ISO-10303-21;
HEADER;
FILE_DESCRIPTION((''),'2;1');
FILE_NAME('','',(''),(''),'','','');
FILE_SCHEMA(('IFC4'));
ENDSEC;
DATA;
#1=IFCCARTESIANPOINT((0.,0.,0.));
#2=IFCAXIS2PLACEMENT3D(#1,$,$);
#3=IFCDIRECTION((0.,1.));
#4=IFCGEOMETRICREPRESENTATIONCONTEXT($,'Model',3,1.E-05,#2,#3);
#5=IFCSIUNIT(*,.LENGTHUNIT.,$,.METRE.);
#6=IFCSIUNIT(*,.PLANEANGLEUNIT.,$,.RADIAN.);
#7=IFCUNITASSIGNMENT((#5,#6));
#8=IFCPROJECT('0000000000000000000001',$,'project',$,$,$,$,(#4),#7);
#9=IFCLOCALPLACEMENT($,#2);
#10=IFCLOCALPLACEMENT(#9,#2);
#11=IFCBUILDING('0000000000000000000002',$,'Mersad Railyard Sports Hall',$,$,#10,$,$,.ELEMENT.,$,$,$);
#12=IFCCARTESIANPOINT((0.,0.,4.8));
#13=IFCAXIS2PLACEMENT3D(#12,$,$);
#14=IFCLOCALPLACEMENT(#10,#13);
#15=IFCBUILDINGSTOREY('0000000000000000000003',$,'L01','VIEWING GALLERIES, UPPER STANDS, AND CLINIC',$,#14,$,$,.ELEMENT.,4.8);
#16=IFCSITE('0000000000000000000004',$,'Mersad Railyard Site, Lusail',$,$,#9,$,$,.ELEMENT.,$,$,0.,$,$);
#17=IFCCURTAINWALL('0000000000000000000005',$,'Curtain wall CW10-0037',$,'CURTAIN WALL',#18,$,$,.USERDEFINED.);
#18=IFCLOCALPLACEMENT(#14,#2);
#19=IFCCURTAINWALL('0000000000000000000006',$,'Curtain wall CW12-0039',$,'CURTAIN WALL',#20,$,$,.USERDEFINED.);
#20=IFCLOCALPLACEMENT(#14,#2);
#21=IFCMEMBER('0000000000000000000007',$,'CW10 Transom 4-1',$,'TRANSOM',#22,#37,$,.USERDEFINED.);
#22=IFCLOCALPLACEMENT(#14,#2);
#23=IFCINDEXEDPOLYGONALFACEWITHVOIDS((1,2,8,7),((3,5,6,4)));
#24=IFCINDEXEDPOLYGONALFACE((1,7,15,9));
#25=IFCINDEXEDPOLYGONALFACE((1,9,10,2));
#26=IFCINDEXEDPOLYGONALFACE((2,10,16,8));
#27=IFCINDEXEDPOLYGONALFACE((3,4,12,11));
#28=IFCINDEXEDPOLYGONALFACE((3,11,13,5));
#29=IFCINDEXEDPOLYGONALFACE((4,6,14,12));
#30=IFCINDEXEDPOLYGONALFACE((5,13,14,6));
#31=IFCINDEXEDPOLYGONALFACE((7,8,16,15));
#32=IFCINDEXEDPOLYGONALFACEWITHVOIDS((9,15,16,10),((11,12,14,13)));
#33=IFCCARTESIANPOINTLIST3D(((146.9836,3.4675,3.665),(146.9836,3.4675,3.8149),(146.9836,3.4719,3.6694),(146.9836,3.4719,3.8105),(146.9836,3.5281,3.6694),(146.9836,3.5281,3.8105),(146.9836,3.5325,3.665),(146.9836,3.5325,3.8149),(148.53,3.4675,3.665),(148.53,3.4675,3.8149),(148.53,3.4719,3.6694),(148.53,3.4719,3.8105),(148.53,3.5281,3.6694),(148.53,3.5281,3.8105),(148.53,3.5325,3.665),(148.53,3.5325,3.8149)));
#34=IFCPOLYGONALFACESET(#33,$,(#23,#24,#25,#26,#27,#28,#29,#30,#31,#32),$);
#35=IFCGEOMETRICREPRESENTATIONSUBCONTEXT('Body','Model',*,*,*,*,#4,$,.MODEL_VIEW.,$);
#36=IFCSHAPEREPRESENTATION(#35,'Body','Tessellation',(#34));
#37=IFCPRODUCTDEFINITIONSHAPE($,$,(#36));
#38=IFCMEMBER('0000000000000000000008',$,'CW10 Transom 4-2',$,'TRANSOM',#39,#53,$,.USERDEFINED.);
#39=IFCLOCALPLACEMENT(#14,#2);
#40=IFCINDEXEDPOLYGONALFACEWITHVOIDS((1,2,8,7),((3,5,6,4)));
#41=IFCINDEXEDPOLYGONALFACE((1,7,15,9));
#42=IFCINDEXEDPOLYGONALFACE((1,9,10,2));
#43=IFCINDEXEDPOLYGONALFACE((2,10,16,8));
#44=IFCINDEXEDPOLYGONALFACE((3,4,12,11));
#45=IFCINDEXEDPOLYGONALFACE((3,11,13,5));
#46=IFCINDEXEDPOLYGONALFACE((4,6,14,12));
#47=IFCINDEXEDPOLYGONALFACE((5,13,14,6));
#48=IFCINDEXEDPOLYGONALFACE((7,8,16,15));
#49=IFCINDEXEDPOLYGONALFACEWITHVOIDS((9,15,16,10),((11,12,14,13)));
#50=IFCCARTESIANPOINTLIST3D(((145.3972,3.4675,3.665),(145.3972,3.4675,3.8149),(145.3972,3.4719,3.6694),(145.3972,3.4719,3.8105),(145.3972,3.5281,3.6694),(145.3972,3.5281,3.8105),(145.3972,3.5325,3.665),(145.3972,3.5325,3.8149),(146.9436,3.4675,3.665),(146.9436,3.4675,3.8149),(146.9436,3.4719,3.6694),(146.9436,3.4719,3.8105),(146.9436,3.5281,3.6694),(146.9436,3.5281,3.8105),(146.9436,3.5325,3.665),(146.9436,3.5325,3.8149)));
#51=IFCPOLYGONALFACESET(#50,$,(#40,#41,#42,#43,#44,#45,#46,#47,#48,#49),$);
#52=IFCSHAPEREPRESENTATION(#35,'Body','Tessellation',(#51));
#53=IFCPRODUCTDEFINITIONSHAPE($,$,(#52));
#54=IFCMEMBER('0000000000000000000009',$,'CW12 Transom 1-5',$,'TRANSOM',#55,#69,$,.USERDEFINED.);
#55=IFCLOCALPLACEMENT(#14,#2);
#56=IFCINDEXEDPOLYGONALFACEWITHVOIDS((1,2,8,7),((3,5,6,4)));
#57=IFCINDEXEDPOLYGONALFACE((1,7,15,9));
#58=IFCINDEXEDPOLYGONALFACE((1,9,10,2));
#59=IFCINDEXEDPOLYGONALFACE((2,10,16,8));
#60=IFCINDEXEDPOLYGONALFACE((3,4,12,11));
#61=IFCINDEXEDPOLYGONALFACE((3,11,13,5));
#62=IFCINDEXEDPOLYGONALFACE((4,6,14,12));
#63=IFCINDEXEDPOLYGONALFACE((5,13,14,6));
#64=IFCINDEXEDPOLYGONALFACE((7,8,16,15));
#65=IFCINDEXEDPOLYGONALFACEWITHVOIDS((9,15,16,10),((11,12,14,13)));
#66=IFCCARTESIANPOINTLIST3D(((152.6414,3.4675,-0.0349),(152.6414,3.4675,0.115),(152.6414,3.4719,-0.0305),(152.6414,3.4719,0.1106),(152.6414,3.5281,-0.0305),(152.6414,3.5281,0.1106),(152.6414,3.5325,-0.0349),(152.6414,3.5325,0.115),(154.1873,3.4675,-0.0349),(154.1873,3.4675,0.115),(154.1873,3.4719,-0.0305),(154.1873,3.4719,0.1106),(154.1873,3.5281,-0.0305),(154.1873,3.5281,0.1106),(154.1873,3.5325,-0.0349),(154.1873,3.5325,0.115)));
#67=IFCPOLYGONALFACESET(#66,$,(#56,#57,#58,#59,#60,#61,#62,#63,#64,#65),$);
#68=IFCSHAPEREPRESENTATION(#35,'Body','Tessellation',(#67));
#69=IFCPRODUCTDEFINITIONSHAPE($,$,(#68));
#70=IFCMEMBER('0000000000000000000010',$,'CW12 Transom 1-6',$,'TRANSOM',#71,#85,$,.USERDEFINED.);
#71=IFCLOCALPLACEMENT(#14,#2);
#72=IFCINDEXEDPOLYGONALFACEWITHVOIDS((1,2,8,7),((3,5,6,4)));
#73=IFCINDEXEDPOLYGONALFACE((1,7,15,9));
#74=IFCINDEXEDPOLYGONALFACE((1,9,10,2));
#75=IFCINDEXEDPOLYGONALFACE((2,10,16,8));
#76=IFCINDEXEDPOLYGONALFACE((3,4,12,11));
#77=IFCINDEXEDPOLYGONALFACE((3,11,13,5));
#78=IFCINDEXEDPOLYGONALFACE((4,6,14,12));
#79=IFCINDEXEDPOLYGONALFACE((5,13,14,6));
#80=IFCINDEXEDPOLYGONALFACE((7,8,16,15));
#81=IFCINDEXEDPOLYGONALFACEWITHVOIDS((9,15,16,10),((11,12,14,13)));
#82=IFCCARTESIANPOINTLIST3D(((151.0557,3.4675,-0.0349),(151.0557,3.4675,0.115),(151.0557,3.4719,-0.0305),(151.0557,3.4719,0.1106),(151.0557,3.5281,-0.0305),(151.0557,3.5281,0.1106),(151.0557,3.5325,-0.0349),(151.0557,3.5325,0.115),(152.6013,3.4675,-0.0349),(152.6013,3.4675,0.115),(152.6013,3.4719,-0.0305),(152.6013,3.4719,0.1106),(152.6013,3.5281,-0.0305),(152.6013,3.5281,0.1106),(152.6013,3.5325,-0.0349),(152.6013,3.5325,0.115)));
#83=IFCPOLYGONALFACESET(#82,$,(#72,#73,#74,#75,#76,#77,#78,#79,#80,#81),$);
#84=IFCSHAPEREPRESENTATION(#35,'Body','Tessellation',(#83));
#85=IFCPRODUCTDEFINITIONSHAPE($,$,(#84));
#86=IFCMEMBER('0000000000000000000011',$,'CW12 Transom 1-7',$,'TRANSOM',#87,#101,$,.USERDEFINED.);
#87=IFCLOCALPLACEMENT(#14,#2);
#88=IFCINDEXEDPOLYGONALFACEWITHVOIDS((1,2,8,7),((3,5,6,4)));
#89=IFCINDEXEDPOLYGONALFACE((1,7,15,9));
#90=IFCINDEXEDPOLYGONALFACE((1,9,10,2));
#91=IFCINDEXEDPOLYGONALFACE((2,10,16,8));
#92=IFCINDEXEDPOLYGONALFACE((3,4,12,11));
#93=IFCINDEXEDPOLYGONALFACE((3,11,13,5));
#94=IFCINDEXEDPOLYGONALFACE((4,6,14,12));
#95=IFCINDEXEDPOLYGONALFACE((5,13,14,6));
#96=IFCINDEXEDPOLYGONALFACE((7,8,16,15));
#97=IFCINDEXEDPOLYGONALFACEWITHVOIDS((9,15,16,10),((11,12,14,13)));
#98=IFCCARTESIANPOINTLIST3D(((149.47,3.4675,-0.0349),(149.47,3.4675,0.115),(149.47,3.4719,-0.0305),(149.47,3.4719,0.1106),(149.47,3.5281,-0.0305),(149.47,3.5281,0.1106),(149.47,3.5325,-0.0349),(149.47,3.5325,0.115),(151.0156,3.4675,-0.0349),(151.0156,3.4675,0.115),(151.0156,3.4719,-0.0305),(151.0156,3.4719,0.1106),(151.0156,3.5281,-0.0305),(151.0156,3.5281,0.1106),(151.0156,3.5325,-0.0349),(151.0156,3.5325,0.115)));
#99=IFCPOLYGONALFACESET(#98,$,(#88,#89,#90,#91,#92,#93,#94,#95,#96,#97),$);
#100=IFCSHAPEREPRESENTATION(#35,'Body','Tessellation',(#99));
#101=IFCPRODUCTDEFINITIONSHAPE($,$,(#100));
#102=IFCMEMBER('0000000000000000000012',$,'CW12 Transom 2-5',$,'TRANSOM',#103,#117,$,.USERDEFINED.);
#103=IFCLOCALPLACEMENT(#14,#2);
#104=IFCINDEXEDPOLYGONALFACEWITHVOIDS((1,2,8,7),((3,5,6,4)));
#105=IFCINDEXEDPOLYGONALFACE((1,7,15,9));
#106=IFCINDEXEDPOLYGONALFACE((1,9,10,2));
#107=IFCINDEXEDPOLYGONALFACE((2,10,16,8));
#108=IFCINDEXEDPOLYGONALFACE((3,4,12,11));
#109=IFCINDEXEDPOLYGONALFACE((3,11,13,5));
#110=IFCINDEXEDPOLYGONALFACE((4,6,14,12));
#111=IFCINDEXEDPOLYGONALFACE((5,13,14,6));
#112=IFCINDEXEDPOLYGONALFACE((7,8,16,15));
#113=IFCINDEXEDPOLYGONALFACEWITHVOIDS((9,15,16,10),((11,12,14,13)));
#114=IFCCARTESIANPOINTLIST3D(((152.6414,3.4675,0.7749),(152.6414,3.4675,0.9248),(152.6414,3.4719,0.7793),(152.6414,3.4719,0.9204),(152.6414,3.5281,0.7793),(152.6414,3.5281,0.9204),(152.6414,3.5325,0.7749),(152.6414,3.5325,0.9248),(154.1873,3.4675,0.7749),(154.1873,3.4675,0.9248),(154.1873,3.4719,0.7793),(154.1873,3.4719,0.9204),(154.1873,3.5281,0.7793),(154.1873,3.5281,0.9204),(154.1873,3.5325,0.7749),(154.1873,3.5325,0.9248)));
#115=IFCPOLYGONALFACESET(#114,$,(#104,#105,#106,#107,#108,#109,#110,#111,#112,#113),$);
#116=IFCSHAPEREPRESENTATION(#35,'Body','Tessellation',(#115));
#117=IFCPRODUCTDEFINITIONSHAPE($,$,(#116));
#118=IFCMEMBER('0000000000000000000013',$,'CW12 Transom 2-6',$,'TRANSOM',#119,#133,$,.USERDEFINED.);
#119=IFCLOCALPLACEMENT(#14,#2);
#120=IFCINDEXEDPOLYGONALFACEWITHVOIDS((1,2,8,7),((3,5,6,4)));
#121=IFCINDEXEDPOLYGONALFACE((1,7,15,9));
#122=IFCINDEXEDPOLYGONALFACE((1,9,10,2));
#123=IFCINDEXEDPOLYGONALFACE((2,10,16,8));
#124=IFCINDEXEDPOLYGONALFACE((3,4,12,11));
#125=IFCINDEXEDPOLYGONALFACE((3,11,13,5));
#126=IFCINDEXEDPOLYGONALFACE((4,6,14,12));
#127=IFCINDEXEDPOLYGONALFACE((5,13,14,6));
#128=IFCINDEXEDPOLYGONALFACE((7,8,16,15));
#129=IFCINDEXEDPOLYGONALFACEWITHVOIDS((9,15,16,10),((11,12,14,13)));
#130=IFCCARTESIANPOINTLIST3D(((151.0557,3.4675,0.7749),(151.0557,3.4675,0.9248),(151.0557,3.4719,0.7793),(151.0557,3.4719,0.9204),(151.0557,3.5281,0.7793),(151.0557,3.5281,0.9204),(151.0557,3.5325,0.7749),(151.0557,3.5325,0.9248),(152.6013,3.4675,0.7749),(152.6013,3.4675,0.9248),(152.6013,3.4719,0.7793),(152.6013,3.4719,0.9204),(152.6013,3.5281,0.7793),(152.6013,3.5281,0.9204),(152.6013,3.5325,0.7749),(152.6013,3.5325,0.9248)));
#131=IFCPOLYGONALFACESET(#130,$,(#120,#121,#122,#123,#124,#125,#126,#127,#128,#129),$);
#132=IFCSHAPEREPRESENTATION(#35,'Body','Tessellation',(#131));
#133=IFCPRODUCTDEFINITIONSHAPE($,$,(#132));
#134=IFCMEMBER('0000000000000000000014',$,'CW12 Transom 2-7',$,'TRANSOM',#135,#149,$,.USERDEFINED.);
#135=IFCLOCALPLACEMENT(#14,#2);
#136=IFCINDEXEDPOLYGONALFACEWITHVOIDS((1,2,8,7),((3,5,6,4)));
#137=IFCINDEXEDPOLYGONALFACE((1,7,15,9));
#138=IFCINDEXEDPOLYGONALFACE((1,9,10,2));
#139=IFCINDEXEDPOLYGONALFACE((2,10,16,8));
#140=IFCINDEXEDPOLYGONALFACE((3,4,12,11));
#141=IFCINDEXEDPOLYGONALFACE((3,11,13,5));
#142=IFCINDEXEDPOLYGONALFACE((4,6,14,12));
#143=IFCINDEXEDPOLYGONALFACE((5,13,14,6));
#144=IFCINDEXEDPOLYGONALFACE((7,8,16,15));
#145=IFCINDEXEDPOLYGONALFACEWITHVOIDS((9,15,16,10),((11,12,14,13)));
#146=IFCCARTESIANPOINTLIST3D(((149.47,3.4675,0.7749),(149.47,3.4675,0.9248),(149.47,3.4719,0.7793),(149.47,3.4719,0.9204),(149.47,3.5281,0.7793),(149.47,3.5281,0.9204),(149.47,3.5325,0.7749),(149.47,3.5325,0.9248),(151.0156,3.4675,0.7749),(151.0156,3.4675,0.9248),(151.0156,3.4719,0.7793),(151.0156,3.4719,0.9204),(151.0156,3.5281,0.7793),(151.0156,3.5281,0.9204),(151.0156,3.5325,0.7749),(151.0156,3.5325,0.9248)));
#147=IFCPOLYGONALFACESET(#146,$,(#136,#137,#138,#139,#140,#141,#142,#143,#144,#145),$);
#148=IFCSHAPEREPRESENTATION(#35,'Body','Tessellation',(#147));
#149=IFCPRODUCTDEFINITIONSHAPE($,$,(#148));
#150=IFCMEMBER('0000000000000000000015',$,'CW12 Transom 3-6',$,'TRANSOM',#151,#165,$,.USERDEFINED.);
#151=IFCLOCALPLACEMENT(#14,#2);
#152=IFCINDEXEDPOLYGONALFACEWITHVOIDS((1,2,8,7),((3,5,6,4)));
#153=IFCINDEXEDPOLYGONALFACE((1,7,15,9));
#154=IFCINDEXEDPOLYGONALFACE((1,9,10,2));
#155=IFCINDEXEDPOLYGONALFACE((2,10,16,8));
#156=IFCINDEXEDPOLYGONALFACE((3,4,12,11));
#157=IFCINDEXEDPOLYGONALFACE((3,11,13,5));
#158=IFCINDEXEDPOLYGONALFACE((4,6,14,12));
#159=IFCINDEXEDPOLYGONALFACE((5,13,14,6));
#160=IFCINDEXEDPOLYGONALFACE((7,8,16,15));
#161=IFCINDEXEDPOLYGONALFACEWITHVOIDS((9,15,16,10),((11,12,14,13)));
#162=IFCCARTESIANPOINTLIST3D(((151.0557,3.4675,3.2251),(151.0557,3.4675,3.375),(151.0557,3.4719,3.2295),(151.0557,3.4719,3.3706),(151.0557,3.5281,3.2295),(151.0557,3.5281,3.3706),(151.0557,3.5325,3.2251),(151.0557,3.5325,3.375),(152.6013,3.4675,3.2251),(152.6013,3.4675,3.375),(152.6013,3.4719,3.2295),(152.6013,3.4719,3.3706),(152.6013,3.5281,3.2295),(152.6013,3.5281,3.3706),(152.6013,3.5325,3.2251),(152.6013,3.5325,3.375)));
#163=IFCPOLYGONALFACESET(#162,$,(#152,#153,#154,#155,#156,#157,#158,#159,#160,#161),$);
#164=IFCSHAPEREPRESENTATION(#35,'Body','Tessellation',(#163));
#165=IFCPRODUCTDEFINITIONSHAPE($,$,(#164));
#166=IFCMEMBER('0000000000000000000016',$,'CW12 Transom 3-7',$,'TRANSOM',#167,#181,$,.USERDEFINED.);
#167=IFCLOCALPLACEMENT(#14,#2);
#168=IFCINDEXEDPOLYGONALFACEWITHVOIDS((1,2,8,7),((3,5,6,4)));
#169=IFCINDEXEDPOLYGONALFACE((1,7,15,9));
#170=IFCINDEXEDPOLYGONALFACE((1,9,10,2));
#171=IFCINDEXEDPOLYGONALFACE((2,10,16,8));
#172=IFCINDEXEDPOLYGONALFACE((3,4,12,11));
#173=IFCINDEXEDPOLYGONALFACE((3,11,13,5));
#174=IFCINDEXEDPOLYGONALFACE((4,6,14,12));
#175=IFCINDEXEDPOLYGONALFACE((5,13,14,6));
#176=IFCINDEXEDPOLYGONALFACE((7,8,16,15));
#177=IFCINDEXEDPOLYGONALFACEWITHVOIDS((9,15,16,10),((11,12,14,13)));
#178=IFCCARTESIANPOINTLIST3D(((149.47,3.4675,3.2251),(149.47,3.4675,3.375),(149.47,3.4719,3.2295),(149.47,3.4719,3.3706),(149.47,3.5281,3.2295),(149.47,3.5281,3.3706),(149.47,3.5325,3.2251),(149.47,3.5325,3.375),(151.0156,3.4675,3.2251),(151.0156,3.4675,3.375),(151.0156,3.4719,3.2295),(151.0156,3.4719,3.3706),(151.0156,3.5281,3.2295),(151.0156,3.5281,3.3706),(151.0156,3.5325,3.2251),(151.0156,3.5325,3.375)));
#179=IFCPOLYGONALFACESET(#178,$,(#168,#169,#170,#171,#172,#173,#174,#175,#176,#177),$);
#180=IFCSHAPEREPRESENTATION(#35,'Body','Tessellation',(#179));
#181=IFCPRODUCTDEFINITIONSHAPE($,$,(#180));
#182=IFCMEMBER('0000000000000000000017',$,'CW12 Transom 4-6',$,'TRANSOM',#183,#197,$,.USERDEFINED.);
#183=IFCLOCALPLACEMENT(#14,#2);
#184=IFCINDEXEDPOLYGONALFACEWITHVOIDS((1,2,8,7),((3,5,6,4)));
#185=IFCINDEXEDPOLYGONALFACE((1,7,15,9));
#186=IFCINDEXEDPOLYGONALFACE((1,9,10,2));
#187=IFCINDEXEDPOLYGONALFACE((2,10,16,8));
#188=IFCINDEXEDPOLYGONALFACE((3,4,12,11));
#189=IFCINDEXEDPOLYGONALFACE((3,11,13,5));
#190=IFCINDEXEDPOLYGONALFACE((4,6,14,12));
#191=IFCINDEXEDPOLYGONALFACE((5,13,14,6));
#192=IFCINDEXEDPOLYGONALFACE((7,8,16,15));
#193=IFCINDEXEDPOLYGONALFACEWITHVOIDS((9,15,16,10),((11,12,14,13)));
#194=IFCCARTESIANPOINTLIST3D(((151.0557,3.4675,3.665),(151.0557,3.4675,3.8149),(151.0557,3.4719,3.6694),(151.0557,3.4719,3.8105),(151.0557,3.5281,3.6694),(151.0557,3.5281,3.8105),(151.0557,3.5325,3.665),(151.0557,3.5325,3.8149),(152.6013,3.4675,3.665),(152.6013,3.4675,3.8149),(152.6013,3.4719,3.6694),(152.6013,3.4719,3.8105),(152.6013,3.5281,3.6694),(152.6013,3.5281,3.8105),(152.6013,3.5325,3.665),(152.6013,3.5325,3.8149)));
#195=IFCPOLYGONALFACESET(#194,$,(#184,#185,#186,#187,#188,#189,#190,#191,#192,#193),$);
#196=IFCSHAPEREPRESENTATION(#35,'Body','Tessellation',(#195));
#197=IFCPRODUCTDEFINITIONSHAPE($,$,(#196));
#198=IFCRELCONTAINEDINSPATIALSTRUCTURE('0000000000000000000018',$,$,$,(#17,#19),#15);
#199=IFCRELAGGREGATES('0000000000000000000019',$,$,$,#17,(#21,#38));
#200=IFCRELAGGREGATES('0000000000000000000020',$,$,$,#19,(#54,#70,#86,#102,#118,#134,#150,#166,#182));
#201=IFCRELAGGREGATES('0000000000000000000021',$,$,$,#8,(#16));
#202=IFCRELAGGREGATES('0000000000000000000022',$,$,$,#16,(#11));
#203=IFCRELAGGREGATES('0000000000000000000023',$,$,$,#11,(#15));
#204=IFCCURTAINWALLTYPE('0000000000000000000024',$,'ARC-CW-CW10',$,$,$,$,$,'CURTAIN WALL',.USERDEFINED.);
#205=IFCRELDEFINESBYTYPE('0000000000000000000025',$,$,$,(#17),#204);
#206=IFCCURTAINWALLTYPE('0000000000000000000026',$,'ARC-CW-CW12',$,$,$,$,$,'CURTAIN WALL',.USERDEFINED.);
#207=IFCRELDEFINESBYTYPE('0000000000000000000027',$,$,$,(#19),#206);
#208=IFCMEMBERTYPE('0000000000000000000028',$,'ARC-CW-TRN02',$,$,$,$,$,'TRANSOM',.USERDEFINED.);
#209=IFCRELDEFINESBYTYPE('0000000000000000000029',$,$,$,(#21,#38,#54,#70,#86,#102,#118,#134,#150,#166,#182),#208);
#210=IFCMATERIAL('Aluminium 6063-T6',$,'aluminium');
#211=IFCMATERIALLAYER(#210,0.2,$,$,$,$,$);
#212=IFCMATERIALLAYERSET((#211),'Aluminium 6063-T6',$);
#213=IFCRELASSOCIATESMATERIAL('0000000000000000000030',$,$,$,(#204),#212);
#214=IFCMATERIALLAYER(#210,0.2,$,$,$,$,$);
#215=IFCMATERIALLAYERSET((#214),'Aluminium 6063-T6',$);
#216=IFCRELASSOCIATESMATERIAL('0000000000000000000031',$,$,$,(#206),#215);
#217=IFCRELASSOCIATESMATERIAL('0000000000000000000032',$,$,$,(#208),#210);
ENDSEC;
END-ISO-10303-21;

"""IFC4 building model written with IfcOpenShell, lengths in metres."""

from ifc_helpers import new_model, si_unit, direction, frame, origin, origin_2d, place, context, subcontext, project, spatial, hollow_rectangle, extrude, material, layer, layer_set, material_profile, profile_set, type_object, element, aggregate, save


model = new_model("IFC4")

# Units and contexts
model_context = context("Model", 3, precision=1e-05, world=origin(), true_north=direction((0.0, 1.0)))
body_context = subcontext(model_context, "Body", "Model", "MODEL_VIEW")
ifc_project = project(units=[si_unit("LENGTHUNIT", "METRE"), si_unit("PLANEANGLEUNIT", "RADIAN")], contexts=[model_context])

# Site, building, storey
site_placement = place(None, origin())
site = spatial("IfcSite", under=ifc_project, at=site_placement, Name="Mersad Railyard Site, Lusail", CompositionType="ELEMENT", RefElevation=0.0)
building_placement = place(site_placement, origin())
building = spatial("IfcBuilding", under=site, at=building_placement, Name="Mersad Railyard Sports Hall", CompositionType="ELEMENT")
storey_placement = place(building_placement, frame((0.0, 0.0, 4.8)))
storey = spatial("IfcBuildingStorey", under=building, at=storey_placement, Name="L01", Description="VIEWING GALLERIES, UPPER STANDS, AND CLINIC", CompositionType="ELEMENT", Elevation=4.8)

# Curtain walls
ifc_material_1 = material(Name="Aluminium 6063-T6", Category="aluminium")
ifc_layer_1 = layer(ifc_material_1, 0.2)
ifc_layer_set_1 = layer_set([ifc_layer_1], Name="Aluminium 6063-T6")
curtain_wall_type_1 = type_object("IfcCurtainWallType", Name="ARC-CW-CW10", ElementType="CURTAIN WALL", PredefinedType="USERDEFINED", material=ifc_layer_set_1)
curtain_wall_1_placement = place(storey_placement, origin())
curtain_wall_1 = element("IfcCurtainWall", 1, at=curtain_wall_1_placement, inside=storey, type_object=curtain_wall_type_1, Name="Curtain wall CW10-0037", ObjectType="CURTAIN WALL", PredefinedType="USERDEFINED")
ifc_layer_2 = layer(ifc_material_1, 0.2)
ifc_layer_set_2 = layer_set([ifc_layer_2], Name="Aluminium 6063-T6")
curtain_wall_type_2 = type_object("IfcCurtainWallType", Name="ARC-CW-CW12", ElementType="CURTAIN WALL", PredefinedType="USERDEFINED", material=ifc_layer_set_2)
curtain_wall_2_placement = place(storey_placement, origin())
curtain_wall_2 = element("IfcCurtainWall", 2, at=curtain_wall_2_placement, inside=storey, type_object=curtain_wall_type_2, Name="Curtain wall CW12-0039", ObjectType="CURTAIN WALL", PredefinedType="USERDEFINED")

# Members
ifc_material_profile_1 = material_profile(ifc_material_1, hollow_rectangle(XDim=0.0649, YDim=0.1499, WallThickness=0.0044, at=origin_2d()), Name="AL TRANSOM 65x150x4.5")
ifc_profile_set_1 = profile_set([ifc_material_profile_1], Name="Aluminium 6063-T6")
member_type_1 = type_object("IfcMemberType", Name="ARC-CW-TRN02", ElementType="TRANSOM", PredefinedType="USERDEFINED", material=ifc_profile_set_1)
member_1_placement = place(storey_placement, frame((148.53, 3.5, 3.74), z_axis=(-1.0, 0.0, 0.0), x_axis=(0.0, -1.0, 0.0)))
member_1 = element("IfcMember", 3, at=member_1_placement, type_object=member_type_1, Name="CW10 Transom 4-1", ObjectType="TRANSOM", PredefinedType="USERDEFINED", context=body_context, shape_type="SweptSolid", body=[
    extrude(hollow_rectangle(XDim=0.0649, YDim=0.1499, WallThickness=0.0044, at=origin_2d()), origin(), (0.0, 0.0, 1.0), 1.5464),
])
member_2_placement = place(storey_placement, frame((146.9436, 3.5, 3.74), z_axis=(-1.0, 0.0, 0.0), x_axis=(0.0, -1.0, 0.0)))
member_2 = element("IfcMember", 4, at=member_2_placement, type_object=member_type_1, Name="CW10 Transom 4-2", ObjectType="TRANSOM", PredefinedType="USERDEFINED", context=body_context, shape_type="SweptSolid", body=[
    extrude(hollow_rectangle(XDim=0.0649, YDim=0.1499, WallThickness=0.0044, at=origin_2d()), origin(), (0.0, 0.0, 1.0), 1.5464),
])
member_3_placement = place(storey_placement, frame((154.1873, 3.5, 0.04), z_axis=(-1.0, 0.0, 0.0), x_axis=(0.0, -1.0, 0.0)))
member_3 = element("IfcMember", 5, at=member_3_placement, type_object=member_type_1, Name="CW12 Transom 1-5", ObjectType="TRANSOM", PredefinedType="USERDEFINED", context=body_context, shape_type="SweptSolid", body=[
    extrude(hollow_rectangle(XDim=0.0649, YDim=0.1499, WallThickness=0.0044, at=origin_2d()), origin(), (0.0, 0.0, 1.0), 1.5459),
])
member_4_placement = place(storey_placement, frame((152.6013, 3.5, 0.04), z_axis=(-1.0, 0.0, 0.0), x_axis=(0.0, -1.0, 0.0)))
member_4 = element("IfcMember", 6, at=member_4_placement, type_object=member_type_1, Name="CW12 Transom 1-6", ObjectType="TRANSOM", PredefinedType="USERDEFINED", context=body_context, shape_type="SweptSolid", body=[
    extrude(hollow_rectangle(XDim=0.0649, YDim=0.1499, WallThickness=0.0044, at=origin_2d()), origin(), (0.0, 0.0, 1.0), 1.5457),
])
member_5_placement = place(storey_placement, frame((151.0156, 3.5, 0.04), z_axis=(-1.0, 0.0, 0.0), x_axis=(0.0, -1.0, 0.0)))
member_5 = element("IfcMember", 7, at=member_5_placement, type_object=member_type_1, Name="CW12 Transom 1-7", ObjectType="TRANSOM", PredefinedType="USERDEFINED", context=body_context, shape_type="SweptSolid", body=[
    extrude(hollow_rectangle(XDim=0.0649, YDim=0.1499, WallThickness=0.0044, at=origin_2d()), origin(), (0.0, 0.0, 1.0), 1.5457),
])
member_6_placement = place(storey_placement, frame((154.1873, 3.5, 0.8499), z_axis=(-1.0, 0.0, 0.0), x_axis=(0.0, -1.0, 0.0)))
member_6 = element("IfcMember", 8, at=member_6_placement, type_object=member_type_1, Name="CW12 Transom 2-5", ObjectType="TRANSOM", PredefinedType="USERDEFINED", context=body_context, shape_type="SweptSolid", body=[
    extrude(hollow_rectangle(XDim=0.0649, YDim=0.1499, WallThickness=0.0044, at=origin_2d()), origin(), (0.0, 0.0, 1.0), 1.5459),
])
member_7_placement = place(storey_placement, frame((152.6013, 3.5, 0.8499), z_axis=(-1.0, 0.0, 0.0), x_axis=(0.0, -1.0, 0.0)))
member_7 = element("IfcMember", 9, at=member_7_placement, type_object=member_type_1, Name="CW12 Transom 2-6", ObjectType="TRANSOM", PredefinedType="USERDEFINED", context=body_context, shape_type="SweptSolid", body=[
    extrude(hollow_rectangle(XDim=0.0649, YDim=0.1499, WallThickness=0.0044, at=origin_2d()), origin(), (0.0, 0.0, 1.0), 1.5457),
])
member_8_placement = place(storey_placement, frame((151.0156, 3.5, 0.8499), z_axis=(-1.0, 0.0, 0.0), x_axis=(0.0, -1.0, 0.0)))
member_8 = element("IfcMember", 10, at=member_8_placement, type_object=member_type_1, Name="CW12 Transom 2-7", ObjectType="TRANSOM", PredefinedType="USERDEFINED", context=body_context, shape_type="SweptSolid", body=[
    extrude(hollow_rectangle(XDim=0.0649, YDim=0.1499, WallThickness=0.0044, at=origin_2d()), origin(), (0.0, 0.0, 1.0), 1.5457),
])
member_9_placement = place(storey_placement, frame((152.6013, 3.5, 3.3), z_axis=(-1.0, 0.0, 0.0), x_axis=(0.0, -1.0, 0.0)))
member_9 = element("IfcMember", 11, at=member_9_placement, type_object=member_type_1, Name="CW12 Transom 3-6", ObjectType="TRANSOM", PredefinedType="USERDEFINED", context=body_context, shape_type="SweptSolid", body=[
    extrude(hollow_rectangle(XDim=0.0649, YDim=0.1499, WallThickness=0.0044, at=origin_2d()), origin(), (0.0, 0.0, 1.0), 1.5457),
])
member_10_placement = place(storey_placement, frame((151.0156, 3.5, 3.3), z_axis=(-1.0, 0.0, 0.0), x_axis=(0.0, -1.0, 0.0)))
member_10 = element("IfcMember", 12, at=member_10_placement, type_object=member_type_1, Name="CW12 Transom 3-7", ObjectType="TRANSOM", PredefinedType="USERDEFINED", context=body_context, shape_type="SweptSolid", body=[
    extrude(hollow_rectangle(XDim=0.0649, YDim=0.1499, WallThickness=0.0044, at=origin_2d()), origin(), (0.0, 0.0, 1.0), 1.5457),
])
member_11_placement = place(storey_placement, frame((152.6013, 3.5, 3.74), z_axis=(-1.0, 0.0, 0.0), x_axis=(0.0, -1.0, 0.0)))
member_11 = element("IfcMember", 13, at=member_11_placement, type_object=member_type_1, Name="CW12 Transom 4-6", ObjectType="TRANSOM", PredefinedType="USERDEFINED", context=body_context, shape_type="SweptSolid", body=[
    extrude(hollow_rectangle(XDim=0.0649, YDim=0.1499, WallThickness=0.0044, at=origin_2d()), origin(), (0.0, 0.0, 1.0), 1.5457),
])

aggregate(curtain_wall_1, [member_1, member_2])
aggregate(curtain_wall_2, [member_3, member_4, member_5, member_6, member_7, member_8, member_9, member_10, member_11])

save(model, "model.ifc")
